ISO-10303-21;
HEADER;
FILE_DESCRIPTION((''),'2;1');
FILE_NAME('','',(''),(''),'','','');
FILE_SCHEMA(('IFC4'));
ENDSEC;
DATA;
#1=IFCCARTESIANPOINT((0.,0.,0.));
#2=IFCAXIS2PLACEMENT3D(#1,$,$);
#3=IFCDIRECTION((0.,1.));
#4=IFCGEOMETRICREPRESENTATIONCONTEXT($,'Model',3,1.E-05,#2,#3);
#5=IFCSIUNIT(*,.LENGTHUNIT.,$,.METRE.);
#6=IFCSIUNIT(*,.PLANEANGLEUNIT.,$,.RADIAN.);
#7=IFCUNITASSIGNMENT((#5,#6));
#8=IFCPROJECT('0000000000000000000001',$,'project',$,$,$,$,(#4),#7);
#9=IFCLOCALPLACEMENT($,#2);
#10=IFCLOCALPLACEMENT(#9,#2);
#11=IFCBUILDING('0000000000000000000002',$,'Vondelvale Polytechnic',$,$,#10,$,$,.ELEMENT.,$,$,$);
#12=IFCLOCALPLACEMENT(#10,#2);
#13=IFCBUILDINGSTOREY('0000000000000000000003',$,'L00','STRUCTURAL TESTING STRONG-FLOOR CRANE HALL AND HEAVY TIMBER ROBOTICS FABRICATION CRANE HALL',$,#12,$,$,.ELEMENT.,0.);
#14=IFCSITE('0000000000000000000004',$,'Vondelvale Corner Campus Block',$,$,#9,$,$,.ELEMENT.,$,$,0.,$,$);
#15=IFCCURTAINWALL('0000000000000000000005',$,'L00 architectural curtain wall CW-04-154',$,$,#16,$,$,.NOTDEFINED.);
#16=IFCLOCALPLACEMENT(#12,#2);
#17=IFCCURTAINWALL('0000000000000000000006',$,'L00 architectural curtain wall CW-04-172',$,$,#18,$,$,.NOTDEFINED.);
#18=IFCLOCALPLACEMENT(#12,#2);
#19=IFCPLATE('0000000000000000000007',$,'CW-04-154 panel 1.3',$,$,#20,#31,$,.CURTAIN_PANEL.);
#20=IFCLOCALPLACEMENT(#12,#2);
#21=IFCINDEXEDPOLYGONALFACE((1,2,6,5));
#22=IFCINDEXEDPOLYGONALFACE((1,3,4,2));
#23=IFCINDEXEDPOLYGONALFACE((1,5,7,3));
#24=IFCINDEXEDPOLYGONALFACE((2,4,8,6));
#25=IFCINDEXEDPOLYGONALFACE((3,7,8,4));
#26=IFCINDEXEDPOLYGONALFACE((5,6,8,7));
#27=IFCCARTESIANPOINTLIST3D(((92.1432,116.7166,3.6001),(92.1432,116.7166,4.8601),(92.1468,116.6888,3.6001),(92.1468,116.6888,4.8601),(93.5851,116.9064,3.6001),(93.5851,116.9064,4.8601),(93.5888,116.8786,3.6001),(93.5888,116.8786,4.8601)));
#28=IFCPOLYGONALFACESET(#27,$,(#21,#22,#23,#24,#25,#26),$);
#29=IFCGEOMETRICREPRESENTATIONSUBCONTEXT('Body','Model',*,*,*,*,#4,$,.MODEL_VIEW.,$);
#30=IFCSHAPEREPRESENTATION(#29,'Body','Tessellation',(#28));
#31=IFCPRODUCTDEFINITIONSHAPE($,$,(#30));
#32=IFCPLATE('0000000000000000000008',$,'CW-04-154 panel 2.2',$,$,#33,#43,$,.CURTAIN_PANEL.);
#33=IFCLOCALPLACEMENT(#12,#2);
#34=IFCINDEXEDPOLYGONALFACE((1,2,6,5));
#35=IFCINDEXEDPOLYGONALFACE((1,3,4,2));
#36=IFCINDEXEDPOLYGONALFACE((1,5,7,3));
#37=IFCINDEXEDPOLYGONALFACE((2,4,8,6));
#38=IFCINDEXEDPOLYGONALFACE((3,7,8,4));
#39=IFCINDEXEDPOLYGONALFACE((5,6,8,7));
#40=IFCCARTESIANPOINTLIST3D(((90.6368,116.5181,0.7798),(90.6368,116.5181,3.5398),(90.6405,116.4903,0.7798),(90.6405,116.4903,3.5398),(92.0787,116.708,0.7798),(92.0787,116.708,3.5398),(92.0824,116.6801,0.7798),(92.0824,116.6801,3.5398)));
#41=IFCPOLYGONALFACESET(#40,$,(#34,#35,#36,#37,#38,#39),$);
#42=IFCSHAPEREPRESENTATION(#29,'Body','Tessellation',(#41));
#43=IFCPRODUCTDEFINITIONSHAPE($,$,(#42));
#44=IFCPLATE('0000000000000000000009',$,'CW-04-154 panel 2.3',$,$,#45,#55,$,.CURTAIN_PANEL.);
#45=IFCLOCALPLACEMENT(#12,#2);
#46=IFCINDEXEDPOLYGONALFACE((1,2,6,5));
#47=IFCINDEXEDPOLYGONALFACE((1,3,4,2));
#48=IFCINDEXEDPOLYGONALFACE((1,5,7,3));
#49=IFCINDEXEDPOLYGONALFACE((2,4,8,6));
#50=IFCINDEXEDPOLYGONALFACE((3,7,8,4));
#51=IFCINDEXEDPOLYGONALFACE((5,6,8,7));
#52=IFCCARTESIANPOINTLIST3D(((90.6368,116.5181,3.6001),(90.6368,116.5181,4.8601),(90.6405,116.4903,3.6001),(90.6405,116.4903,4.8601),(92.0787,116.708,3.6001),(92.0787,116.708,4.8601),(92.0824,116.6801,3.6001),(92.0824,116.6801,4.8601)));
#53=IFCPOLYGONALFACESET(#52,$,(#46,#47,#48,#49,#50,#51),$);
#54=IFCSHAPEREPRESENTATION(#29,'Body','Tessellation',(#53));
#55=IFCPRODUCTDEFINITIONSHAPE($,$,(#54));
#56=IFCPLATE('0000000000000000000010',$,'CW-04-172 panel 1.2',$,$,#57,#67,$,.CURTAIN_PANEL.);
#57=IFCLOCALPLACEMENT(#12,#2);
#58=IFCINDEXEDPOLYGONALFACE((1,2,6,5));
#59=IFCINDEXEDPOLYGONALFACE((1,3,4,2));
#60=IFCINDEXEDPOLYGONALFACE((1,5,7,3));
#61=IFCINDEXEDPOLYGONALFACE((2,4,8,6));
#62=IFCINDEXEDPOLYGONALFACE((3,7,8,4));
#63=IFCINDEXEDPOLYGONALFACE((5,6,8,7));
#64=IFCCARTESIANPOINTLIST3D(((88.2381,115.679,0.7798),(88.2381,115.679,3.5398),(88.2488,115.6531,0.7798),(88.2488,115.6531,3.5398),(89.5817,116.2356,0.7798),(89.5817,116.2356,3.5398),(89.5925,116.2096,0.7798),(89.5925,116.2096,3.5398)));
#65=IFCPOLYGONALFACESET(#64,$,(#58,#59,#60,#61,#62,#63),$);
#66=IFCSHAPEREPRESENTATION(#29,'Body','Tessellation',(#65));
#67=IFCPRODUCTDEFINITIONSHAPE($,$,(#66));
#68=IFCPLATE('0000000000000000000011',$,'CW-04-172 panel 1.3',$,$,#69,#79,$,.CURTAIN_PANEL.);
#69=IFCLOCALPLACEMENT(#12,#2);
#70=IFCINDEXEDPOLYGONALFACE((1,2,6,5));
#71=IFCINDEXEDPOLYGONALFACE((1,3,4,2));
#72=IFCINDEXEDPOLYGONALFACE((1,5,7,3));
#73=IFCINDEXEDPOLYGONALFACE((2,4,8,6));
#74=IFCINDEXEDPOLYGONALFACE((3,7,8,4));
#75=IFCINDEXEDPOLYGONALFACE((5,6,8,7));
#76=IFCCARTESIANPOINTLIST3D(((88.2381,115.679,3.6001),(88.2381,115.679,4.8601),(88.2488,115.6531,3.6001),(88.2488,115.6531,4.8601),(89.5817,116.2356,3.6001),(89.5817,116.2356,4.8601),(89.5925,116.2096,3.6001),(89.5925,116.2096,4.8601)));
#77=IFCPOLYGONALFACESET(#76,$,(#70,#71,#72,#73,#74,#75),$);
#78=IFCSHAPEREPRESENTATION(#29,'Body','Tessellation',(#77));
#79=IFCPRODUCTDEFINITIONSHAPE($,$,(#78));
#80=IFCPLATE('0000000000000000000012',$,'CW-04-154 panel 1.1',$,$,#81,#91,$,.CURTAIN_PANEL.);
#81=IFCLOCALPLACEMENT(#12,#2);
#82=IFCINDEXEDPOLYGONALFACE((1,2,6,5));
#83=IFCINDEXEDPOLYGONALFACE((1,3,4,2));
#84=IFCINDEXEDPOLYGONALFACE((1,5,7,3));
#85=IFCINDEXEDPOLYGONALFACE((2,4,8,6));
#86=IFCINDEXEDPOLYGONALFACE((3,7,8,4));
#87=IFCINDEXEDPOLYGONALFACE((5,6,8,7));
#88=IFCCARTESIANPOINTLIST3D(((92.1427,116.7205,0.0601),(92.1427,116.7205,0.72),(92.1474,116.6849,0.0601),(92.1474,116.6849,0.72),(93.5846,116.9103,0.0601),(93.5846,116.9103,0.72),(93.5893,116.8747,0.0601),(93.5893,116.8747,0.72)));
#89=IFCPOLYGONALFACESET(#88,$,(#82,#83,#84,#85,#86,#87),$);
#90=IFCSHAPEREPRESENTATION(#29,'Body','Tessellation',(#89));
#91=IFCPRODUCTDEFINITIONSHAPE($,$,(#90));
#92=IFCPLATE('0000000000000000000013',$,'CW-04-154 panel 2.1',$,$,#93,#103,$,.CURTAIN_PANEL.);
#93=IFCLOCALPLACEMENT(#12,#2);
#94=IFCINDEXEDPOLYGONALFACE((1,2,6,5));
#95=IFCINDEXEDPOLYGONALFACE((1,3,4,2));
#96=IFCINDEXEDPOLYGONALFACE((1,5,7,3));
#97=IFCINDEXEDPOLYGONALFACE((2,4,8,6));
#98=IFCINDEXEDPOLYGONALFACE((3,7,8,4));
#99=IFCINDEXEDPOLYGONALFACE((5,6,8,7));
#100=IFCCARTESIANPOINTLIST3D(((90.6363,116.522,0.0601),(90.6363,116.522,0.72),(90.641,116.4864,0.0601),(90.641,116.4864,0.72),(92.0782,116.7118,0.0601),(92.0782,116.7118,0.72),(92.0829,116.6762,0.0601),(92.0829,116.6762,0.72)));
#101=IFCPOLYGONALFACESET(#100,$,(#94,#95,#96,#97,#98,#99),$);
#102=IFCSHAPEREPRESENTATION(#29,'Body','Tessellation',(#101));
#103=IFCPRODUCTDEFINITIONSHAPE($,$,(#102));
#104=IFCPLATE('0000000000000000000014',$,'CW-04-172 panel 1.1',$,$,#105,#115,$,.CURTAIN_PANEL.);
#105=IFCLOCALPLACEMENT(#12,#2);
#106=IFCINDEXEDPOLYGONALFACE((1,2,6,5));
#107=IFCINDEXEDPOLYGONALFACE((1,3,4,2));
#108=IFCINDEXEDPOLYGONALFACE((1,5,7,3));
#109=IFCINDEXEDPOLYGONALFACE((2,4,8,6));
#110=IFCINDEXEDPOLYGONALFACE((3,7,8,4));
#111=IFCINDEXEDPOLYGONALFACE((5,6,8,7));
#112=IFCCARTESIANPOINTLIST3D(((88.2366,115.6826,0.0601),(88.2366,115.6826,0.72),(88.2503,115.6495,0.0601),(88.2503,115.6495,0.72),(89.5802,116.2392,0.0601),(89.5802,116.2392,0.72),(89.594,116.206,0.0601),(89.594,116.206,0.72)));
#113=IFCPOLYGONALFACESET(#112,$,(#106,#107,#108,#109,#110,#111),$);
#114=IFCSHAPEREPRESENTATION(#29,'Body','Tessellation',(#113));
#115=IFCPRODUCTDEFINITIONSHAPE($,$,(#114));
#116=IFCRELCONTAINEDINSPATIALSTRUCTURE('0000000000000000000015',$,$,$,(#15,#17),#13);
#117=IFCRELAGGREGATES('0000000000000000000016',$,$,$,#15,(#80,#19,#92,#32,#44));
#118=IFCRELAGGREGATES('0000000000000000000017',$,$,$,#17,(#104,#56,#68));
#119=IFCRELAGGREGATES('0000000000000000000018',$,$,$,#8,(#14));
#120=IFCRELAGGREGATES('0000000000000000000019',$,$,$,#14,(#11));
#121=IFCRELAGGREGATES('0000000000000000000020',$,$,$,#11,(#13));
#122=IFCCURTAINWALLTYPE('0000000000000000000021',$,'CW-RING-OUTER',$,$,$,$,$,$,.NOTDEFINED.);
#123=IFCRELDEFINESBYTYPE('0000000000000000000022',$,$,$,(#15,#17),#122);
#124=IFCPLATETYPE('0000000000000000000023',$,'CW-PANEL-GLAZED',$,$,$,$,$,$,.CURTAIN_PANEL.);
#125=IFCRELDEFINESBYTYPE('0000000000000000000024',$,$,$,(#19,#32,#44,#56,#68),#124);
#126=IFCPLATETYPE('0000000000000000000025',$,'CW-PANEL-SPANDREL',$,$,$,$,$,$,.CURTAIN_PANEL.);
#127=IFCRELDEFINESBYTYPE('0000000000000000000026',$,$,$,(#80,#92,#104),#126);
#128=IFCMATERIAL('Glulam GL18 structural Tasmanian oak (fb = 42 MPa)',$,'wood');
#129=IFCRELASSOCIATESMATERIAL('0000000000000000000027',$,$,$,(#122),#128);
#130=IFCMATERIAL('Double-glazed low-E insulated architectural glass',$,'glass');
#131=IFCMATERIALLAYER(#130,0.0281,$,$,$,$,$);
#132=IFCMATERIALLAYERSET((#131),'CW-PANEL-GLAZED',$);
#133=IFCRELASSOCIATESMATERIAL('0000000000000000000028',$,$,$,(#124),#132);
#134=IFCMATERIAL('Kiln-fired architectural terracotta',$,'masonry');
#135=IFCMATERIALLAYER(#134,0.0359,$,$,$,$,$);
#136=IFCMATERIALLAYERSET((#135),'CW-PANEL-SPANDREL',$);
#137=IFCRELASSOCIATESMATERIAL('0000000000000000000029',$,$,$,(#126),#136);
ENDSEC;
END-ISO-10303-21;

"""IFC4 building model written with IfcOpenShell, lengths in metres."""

from ifc_helpers import new_model, si_unit, direction, frame, origin, origin_2d, place, context, subcontext, project, spatial, rectangle, extrude, material, layer, layer_set, type_object, element, aggregate, save


model = new_model("IFC4")

# Units and contexts
model_context = context("Model", 3, precision=1e-05, world=origin(), true_north=direction((0.0, 1.0)))
body_context = subcontext(model_context, "Body", "Model", "MODEL_VIEW")
ifc_project = project(units=[si_unit("LENGTHUNIT", "METRE"), si_unit("PLANEANGLEUNIT", "RADIAN")], contexts=[model_context])

# Site, building, storey
site_placement = place(None, origin())
site = spatial("IfcSite", under=ifc_project, at=site_placement, Name="Vondelvale Corner Campus Block", CompositionType="ELEMENT", RefElevation=0.0)
building_placement = place(site_placement, origin())
building = spatial("IfcBuilding", under=site, at=building_placement, Name="Vondelvale Polytechnic", CompositionType="ELEMENT")
storey_placement = place(building_placement, origin())
storey = spatial("IfcBuildingStorey", under=building, at=storey_placement, Name="L00", Description="STRUCTURAL TESTING STRONG-FLOOR CRANE HALL AND HEAVY TIMBER ROBOTICS FABRICATION CRANE HALL", CompositionType="ELEMENT", Elevation=0.0)

# Curtain walls
ifc_material_1 = material(Name="Glulam GL18 structural Tasmanian oak (fb = 42 MPa)", Category="wood")
curtain_wall_type = type_object("IfcCurtainWallType", Name="CW-RING-OUTER", PredefinedType="NOTDEFINED", material=ifc_material_1)
curtain_wall_1_placement = place(storey_placement, origin())
curtain_wall_1 = element("IfcCurtainWall", 1, at=curtain_wall_1_placement, inside=storey, type_object=curtain_wall_type, Name="L00 architectural curtain wall CW-04-154", PredefinedType="NOTDEFINED")
curtain_wall_2_placement = place(storey_placement, origin())
curtain_wall_2 = element("IfcCurtainWall", 2, at=curtain_wall_2_placement, inside=storey, type_object=curtain_wall_type, Name="L00 architectural curtain wall CW-04-172", PredefinedType="NOTDEFINED")

# Plates
ifc_material_2 = material(Name="Double-glazed low-E insulated architectural glass", Category="glass")
ifc_layer_1 = layer(ifc_material_2, 0.0281)
ifc_layer_set_1 = layer_set([ifc_layer_1], Name="CW-PANEL-GLAZED")
plate_type_1 = type_object("IfcPlateType", Name="CW-PANEL-GLAZED", PredefinedType="CURTAIN_PANEL", material=ifc_layer_set_1)
plate_1_placement = place(storey_placement, frame((92.866, 116.7976, 3.6001), z_axis=(0.0, 0.0, 1.0), x_axis=(-0.991445, -0.130524, 0.0)))
plate_1 = element("IfcPlate", 3, at=plate_1_placement, type_object=plate_type_1, Name="CW-04-154 panel 1.3", PredefinedType="CURTAIN_PANEL", context=body_context, shape_type="SweptSolid", body=[
    extrude(rectangle(XDim=1.4543, YDim=0.0281, at=origin_2d()), origin(), (0.0, 0.0, 1.0), 1.26),
])
plate_2_placement = place(storey_placement, frame((91.3596, 116.5991, 0.7798), z_axis=(0.0, 0.0, 1.0), x_axis=(-0.991445, -0.130524, 0.0)))
plate_2 = element("IfcPlate", 4, at=plate_2_placement, type_object=plate_type_1, Name="CW-04-154 panel 2.2", PredefinedType="CURTAIN_PANEL", context=body_context, shape_type="SweptSolid", body=[
    extrude(rectangle(XDim=1.4543, YDim=0.0281, at=origin_2d()), origin(), (0.0, 0.0, 1.0), 2.76),
])
plate_3_placement = place(storey_placement, frame((91.3596, 116.5991, 3.6001), z_axis=(0.0, 0.0, 1.0), x_axis=(-0.991445, -0.130524, 0.0)))
plate_3 = element("IfcPlate", 5, at=plate_3_placement, type_object=plate_type_1, Name="CW-04-154 panel 2.3", PredefinedType="CURTAIN_PANEL", context=body_context, shape_type="SweptSolid", body=[
    extrude(rectangle(XDim=1.4543, YDim=0.0281, at=origin_2d()), origin(), (0.0, 0.0, 1.0), 1.26),
])
plate_4_placement = place(storey_placement, frame((88.9153, 115.9443, 0.7798), z_axis=(0.0, 0.0, 1.0), x_axis=(-0.923881, -0.382679, 0.0)))
plate_4 = element("IfcPlate", 6, at=plate_4_placement, type_object=plate_type_1, Name="CW-04-172 panel 1.2", PredefinedType="CURTAIN_PANEL", context=body_context, shape_type="SweptSolid", body=[
    extrude(rectangle(XDim=1.4543, YDim=0.0281, at=origin_2d()), origin(), (0.0, 0.0, 1.0), 2.76),
])
plate_5_placement = place(storey_placement, frame((88.9153, 115.9443, 3.6001), z_axis=(0.0, 0.0, 1.0), x_axis=(-0.923881, -0.382679, 0.0)))
plate_5 = element("IfcPlate", 7, at=plate_5_placement, type_object=plate_type_1, Name="CW-04-172 panel 1.3", PredefinedType="CURTAIN_PANEL", context=body_context, shape_type="SweptSolid", body=[
    extrude(rectangle(XDim=1.4543, YDim=0.0281, at=origin_2d()), origin(), (0.0, 0.0, 1.0), 1.26),
])
ifc_material_3 = material(Name="Kiln-fired architectural terracotta", Category="masonry")
ifc_layer_2 = layer(ifc_material_3, 0.0359)
ifc_layer_set_2 = layer_set([ifc_layer_2], Name="CW-PANEL-SPANDREL")
plate_type_2 = type_object("IfcPlateType", Name="CW-PANEL-SPANDREL", PredefinedType="CURTAIN_PANEL", material=ifc_layer_set_2)
plate_6_placement = place(storey_placement, frame((92.866, 116.7976, 0.0601), z_axis=(0.0, 0.0, 1.0), x_axis=(-0.991445, -0.130524, 0.0)))
plate_6 = element("IfcPlate", 8, at=plate_6_placement, type_object=plate_type_2, Name="CW-04-154 panel 1.1", PredefinedType="CURTAIN_PANEL", context=body_context, shape_type="SweptSolid", body=[
    extrude(rectangle(XDim=1.4543, YDim=0.0359, at=origin_2d()), origin(), (0.0, 0.0, 1.0), 0.6599),
])
plate_7_placement = place(storey_placement, frame((91.3596, 116.5991, 0.0601), z_axis=(0.0, 0.0, 1.0), x_axis=(-0.991445, -0.130524, 0.0)))
plate_7 = element("IfcPlate", 9, at=plate_7_placement, type_object=plate_type_2, Name="CW-04-154 panel 2.1", PredefinedType="CURTAIN_PANEL", context=body_context, shape_type="SweptSolid", body=[
    extrude(rectangle(XDim=1.4543, YDim=0.0359, at=origin_2d()), origin(), (0.0, 0.0, 1.0), 0.6599),
])
aggregate(curtain_wall_1, [plate_6, plate_1, plate_7, plate_2, plate_3])
plate_8_placement = place(storey_placement, frame((88.9153, 115.9443, 0.0601), z_axis=(0.0, 0.0, 1.0), x_axis=(-0.923881, -0.382679, 0.0)))
plate_8 = element("IfcPlate", 10, at=plate_8_placement, type_object=plate_type_2, Name="CW-04-172 panel 1.1", PredefinedType="CURTAIN_PANEL", context=body_context, shape_type="SweptSolid", body=[
    extrude(rectangle(XDim=1.4543, YDim=0.0359, at=origin_2d()), origin(), (0.0, 0.0, 1.0), 0.6599),
])
aggregate(curtain_wall_2, [plate_8, plate_4, plate_5])

save(model, "model.ifc")
